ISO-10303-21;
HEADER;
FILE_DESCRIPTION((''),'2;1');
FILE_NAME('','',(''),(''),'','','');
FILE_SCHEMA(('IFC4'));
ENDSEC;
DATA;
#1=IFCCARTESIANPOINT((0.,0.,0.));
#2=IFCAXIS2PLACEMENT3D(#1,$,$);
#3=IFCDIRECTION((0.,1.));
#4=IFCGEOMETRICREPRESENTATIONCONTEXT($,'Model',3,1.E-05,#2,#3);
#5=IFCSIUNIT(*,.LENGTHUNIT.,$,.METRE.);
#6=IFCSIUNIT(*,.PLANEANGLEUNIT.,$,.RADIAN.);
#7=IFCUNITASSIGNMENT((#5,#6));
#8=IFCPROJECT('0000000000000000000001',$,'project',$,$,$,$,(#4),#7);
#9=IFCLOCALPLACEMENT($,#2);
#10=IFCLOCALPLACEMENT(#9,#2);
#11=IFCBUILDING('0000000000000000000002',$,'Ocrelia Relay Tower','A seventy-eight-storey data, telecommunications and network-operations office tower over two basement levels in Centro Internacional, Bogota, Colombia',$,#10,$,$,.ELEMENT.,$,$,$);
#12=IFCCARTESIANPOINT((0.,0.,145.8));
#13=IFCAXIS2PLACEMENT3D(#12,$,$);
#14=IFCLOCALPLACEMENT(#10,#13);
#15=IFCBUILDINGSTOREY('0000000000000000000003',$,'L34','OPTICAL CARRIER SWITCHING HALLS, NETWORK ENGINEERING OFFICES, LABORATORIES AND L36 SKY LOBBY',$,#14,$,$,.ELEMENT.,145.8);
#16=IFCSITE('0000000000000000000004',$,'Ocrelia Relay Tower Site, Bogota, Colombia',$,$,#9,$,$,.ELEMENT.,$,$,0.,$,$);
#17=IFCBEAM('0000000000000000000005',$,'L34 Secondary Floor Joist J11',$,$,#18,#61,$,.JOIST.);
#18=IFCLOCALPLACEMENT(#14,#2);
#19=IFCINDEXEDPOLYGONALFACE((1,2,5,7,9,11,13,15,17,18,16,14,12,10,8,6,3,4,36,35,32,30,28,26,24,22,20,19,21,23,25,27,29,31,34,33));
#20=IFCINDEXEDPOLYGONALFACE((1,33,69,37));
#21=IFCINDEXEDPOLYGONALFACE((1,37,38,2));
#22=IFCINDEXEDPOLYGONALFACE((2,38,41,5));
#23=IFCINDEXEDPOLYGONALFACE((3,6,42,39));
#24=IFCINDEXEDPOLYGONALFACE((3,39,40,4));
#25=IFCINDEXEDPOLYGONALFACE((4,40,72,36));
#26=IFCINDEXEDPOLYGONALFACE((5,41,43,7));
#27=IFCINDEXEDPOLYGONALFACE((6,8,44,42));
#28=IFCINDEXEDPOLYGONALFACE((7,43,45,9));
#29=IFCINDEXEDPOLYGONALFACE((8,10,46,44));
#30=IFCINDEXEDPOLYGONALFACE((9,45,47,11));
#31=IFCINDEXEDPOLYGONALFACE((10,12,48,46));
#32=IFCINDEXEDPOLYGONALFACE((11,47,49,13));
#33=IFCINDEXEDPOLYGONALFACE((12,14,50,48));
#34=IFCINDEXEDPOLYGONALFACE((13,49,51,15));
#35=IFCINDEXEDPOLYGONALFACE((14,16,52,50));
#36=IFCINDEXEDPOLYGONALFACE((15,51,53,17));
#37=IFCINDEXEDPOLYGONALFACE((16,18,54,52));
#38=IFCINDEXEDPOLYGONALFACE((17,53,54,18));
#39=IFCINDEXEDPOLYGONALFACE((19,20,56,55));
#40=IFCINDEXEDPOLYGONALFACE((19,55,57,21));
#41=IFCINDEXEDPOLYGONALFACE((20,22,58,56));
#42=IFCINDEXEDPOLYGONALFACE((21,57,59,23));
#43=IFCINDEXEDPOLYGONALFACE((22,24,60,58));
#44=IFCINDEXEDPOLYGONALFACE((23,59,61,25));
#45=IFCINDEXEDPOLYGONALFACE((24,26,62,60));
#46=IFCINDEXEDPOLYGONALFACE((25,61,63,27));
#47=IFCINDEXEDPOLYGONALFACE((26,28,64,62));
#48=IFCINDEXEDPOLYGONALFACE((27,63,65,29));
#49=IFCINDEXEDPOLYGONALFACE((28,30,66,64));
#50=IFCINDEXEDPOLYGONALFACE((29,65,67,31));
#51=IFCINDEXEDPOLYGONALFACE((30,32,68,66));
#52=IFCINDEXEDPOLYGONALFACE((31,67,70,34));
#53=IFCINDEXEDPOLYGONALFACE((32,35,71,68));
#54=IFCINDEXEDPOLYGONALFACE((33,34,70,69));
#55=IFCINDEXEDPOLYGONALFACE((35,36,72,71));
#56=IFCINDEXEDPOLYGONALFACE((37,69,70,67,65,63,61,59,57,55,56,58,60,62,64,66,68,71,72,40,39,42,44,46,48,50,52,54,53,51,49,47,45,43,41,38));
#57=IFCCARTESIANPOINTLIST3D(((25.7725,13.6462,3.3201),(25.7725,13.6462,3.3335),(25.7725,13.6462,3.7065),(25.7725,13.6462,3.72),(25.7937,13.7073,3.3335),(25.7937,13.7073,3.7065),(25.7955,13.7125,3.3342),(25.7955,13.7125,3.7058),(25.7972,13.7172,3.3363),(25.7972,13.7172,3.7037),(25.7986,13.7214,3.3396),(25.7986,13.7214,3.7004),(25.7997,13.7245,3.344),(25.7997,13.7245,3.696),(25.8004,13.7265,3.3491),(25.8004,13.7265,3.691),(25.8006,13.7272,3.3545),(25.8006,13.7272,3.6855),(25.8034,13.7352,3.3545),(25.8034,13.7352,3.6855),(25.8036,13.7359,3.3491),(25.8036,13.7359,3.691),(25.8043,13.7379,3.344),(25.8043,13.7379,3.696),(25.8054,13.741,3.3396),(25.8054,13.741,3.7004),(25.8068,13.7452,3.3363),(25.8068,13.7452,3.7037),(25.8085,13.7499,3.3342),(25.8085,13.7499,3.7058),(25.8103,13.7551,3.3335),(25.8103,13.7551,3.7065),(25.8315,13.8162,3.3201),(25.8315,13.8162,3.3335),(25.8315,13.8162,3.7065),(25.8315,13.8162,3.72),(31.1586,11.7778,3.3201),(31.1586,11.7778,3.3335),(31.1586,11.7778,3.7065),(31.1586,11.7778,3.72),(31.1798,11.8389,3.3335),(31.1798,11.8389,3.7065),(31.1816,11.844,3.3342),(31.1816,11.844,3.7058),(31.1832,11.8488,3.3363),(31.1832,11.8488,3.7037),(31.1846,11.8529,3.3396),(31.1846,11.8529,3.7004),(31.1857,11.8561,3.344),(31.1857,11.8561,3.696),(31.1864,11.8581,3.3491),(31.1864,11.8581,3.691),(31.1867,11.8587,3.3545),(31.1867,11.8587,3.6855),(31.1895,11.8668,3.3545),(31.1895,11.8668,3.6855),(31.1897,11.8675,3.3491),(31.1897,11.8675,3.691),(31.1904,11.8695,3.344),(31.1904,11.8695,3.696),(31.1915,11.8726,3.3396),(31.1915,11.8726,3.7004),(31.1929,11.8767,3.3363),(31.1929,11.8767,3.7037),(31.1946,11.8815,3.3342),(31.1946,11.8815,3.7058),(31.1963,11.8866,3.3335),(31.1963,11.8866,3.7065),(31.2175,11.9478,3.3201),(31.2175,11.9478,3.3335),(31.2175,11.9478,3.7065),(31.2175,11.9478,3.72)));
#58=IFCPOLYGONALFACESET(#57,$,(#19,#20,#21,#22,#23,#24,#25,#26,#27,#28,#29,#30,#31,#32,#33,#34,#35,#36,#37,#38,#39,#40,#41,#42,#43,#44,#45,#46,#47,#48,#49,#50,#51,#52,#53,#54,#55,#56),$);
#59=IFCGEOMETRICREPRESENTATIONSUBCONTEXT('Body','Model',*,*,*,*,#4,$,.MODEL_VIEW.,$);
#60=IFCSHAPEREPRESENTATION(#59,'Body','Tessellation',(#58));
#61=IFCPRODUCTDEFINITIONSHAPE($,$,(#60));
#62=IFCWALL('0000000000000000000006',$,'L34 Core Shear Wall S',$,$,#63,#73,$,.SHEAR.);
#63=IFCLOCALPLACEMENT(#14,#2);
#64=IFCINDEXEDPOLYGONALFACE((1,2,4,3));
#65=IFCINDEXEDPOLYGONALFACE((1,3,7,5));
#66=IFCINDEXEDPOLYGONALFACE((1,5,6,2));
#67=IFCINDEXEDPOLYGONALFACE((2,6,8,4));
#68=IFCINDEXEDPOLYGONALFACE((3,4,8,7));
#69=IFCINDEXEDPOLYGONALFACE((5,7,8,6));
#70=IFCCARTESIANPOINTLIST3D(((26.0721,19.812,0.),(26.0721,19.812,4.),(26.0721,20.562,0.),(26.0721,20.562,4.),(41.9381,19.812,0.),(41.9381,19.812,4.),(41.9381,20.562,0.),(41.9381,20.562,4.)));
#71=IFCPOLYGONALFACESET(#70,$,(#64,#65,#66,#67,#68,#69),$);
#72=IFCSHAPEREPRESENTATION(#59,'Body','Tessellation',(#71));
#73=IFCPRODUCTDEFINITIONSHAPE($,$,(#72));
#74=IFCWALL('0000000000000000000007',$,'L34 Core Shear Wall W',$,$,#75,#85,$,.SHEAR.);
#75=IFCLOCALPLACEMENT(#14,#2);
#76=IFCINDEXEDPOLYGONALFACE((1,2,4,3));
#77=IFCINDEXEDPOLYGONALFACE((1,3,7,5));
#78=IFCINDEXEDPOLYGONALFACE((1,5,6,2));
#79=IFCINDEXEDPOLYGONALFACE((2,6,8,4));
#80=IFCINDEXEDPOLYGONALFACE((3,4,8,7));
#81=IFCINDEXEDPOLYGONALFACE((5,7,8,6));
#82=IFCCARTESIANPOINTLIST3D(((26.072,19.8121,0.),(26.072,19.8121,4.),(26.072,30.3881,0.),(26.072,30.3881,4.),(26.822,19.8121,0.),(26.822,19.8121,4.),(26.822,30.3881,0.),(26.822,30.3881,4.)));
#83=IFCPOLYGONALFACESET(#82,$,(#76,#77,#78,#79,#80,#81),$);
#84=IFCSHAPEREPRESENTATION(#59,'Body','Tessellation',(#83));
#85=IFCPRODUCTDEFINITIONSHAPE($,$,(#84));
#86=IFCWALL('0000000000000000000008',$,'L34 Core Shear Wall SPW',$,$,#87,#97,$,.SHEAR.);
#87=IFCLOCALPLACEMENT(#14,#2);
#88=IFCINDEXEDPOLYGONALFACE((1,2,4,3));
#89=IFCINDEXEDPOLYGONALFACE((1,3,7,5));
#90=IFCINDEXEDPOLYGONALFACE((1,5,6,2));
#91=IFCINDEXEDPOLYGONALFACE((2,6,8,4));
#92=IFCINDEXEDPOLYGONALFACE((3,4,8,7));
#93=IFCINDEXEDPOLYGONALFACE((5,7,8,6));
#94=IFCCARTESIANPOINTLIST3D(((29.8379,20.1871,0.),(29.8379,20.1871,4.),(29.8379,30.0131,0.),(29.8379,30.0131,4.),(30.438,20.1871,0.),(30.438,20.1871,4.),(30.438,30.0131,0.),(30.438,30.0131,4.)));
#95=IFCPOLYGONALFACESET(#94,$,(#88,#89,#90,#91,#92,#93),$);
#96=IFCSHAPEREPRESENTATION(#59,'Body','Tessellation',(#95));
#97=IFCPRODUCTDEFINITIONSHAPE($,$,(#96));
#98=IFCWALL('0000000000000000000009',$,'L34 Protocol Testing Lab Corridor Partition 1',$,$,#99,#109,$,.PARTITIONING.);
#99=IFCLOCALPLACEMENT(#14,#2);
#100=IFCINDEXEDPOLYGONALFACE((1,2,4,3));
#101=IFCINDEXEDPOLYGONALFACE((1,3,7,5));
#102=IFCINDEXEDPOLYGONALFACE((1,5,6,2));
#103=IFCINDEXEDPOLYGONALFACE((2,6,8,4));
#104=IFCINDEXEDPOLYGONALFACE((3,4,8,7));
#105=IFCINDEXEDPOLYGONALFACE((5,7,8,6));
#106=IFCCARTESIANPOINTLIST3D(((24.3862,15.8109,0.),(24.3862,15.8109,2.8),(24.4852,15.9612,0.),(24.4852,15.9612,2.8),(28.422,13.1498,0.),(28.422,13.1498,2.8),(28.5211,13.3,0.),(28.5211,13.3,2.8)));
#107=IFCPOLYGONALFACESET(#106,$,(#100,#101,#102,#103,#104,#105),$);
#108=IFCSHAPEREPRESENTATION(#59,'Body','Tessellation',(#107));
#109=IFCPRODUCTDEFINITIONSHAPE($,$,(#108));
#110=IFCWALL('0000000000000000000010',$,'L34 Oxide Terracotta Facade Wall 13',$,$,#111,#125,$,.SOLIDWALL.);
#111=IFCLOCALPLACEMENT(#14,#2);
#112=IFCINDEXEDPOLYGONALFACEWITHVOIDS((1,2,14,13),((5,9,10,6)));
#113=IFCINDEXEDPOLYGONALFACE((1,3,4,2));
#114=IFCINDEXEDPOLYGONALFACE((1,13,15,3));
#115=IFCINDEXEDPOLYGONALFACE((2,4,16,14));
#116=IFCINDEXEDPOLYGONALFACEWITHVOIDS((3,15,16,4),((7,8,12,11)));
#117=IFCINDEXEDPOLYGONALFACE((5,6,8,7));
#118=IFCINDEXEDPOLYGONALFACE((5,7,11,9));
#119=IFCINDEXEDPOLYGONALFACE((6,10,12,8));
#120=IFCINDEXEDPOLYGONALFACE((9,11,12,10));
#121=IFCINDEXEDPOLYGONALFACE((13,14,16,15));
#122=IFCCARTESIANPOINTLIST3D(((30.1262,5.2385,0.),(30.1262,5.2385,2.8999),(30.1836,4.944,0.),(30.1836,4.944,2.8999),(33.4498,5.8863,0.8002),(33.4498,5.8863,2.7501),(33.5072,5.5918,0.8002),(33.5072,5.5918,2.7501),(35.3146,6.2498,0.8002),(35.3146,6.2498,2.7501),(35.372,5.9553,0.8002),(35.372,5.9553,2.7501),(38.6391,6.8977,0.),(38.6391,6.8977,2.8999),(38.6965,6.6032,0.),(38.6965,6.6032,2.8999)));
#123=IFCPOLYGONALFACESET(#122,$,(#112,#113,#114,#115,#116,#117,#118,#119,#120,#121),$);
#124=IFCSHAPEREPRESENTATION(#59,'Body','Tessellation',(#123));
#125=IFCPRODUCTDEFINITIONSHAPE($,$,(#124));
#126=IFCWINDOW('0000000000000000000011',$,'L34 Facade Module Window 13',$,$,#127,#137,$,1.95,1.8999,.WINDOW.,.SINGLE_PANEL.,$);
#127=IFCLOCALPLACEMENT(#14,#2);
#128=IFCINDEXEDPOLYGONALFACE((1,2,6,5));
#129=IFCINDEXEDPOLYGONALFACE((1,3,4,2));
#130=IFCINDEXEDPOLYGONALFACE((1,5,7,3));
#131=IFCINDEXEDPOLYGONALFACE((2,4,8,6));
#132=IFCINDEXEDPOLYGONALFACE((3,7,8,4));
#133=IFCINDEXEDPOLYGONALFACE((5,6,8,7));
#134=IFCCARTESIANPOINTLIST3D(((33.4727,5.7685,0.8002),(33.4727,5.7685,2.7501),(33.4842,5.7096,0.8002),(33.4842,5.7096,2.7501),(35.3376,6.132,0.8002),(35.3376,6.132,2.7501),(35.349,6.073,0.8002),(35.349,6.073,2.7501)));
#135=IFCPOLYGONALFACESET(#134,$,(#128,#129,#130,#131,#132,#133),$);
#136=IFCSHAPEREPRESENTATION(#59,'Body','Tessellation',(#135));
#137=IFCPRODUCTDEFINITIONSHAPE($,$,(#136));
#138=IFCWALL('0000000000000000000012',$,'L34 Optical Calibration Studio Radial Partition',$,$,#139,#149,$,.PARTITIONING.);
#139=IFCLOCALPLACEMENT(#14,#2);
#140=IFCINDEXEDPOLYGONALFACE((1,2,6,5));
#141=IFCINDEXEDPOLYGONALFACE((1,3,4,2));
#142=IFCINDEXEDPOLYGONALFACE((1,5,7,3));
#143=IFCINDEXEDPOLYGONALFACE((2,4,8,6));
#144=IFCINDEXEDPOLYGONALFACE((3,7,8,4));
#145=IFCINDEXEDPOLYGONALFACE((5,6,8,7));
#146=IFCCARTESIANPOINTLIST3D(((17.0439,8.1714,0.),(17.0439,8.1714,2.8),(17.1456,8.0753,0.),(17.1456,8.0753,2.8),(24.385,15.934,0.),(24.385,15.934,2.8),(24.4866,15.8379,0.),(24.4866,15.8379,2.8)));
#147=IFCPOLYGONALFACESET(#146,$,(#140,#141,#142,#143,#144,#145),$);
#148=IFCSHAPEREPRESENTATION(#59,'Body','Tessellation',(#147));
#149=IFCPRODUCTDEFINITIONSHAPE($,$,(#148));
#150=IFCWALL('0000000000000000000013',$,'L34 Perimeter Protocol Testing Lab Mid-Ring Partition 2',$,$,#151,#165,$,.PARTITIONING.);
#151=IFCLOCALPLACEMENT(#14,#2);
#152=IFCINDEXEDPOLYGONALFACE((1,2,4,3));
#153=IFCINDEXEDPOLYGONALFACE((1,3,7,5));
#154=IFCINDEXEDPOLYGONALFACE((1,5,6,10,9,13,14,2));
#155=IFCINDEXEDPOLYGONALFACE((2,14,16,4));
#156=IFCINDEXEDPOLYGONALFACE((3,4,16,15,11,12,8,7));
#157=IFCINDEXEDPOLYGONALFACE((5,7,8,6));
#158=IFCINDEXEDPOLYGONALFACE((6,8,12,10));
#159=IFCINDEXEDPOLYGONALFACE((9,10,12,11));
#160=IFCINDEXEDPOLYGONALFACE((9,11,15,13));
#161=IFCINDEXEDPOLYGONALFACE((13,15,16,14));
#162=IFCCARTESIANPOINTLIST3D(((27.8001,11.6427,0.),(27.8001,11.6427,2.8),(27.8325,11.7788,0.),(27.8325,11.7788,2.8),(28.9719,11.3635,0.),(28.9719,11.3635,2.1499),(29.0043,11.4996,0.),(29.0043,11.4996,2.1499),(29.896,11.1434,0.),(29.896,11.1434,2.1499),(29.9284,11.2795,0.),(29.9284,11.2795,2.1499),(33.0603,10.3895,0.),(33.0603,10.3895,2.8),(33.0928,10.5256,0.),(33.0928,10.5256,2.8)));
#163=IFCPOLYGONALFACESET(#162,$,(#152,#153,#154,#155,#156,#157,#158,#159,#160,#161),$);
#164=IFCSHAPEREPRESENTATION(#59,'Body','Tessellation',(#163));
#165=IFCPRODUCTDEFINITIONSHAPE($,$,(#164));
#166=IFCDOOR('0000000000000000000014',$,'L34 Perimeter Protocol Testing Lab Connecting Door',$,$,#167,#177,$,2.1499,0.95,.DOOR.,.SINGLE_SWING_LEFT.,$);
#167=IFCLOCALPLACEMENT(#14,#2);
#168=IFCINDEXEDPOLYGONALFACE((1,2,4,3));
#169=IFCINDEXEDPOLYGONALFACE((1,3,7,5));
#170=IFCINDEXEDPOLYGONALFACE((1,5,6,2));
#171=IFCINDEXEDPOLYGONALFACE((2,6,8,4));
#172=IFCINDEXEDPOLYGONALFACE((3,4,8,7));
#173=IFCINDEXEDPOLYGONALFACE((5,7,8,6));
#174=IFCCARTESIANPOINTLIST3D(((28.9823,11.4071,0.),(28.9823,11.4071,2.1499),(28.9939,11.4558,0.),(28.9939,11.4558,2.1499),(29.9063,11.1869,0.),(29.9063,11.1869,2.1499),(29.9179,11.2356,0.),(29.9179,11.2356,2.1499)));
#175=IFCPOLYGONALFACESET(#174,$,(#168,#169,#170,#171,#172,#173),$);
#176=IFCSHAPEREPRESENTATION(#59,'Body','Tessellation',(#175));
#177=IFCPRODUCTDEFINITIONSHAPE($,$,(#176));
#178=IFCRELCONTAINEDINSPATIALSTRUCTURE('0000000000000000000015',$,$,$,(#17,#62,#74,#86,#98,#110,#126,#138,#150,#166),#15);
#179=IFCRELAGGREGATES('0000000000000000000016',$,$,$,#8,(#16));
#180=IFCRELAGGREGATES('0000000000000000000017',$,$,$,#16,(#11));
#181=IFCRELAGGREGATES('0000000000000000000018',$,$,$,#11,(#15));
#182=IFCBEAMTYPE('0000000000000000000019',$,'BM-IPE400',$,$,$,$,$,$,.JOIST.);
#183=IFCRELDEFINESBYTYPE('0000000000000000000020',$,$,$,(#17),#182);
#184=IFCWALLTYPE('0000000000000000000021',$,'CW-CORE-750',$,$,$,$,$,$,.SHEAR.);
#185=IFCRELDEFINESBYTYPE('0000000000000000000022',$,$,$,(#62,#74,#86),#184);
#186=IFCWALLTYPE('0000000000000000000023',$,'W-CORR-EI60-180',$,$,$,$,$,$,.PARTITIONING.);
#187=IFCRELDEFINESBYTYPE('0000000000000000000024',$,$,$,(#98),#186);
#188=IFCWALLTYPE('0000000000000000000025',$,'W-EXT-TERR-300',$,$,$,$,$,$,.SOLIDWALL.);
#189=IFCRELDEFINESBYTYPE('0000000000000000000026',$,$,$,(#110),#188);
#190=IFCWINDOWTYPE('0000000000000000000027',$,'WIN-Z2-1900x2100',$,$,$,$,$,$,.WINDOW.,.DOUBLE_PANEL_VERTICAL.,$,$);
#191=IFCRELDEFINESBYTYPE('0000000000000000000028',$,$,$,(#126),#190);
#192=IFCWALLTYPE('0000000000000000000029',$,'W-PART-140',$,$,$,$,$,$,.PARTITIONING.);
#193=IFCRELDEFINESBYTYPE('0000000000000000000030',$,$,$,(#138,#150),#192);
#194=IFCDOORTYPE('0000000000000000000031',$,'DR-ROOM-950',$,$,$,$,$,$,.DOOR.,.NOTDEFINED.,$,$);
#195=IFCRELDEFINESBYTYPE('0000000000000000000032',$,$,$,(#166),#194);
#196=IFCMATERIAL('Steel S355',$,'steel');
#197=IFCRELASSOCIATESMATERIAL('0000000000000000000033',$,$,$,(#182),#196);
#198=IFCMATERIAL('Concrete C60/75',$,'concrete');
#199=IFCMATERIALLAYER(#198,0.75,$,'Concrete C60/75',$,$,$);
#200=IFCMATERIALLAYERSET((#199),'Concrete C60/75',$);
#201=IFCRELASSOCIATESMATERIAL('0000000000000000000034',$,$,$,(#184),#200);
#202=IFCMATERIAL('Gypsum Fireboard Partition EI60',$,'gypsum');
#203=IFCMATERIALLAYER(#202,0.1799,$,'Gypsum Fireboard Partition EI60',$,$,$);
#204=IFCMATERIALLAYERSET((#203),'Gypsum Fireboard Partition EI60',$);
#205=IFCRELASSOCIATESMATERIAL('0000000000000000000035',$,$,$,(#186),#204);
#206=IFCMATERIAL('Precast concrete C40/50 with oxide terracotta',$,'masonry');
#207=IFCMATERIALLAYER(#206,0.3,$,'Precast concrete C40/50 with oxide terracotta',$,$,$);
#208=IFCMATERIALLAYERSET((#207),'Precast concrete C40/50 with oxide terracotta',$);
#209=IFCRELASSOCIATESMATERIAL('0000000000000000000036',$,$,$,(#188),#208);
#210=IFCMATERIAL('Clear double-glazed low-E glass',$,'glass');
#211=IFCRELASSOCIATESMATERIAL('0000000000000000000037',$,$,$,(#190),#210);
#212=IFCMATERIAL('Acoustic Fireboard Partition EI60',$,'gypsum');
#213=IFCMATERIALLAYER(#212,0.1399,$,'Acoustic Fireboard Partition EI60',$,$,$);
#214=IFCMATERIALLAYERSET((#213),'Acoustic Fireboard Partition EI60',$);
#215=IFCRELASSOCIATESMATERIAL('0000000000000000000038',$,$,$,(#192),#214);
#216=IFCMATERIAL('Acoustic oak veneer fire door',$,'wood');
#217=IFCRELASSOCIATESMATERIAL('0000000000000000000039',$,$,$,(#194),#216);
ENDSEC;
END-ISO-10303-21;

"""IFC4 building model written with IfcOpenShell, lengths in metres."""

from ifc_helpers import new_model, si_unit, direction, frame, frame_2d, origin, origin_2d, place, context, subcontext, project, spatial, rectangle, i_section, extrude, material, layer, layer_set, material_profile, profile_set, type_object, element, fill, save


model = new_model("IFC4")

# Units and contexts
model_context = context("Model", 3, precision=1e-05, world=origin(), true_north=direction((0.0, 1.0)))
body_context = subcontext(model_context, "Body", "Model", "MODEL_VIEW")
ifc_project = project(units=[si_unit("LENGTHUNIT", "METRE"), si_unit("PLANEANGLEUNIT", "RADIAN")], contexts=[model_context])

# Site, building, storey
site_placement = place(None, origin())
site = spatial("IfcSite", under=ifc_project, at=site_placement, Name="Ocrelia Relay Tower Site, Bogota, Colombia", CompositionType="ELEMENT", RefElevation=0.0)
building_placement = place(site_placement, origin())
building = spatial("IfcBuilding", under=site, at=building_placement, Name="Ocrelia Relay Tower", Description="A seventy-eight-storey data, telecommunications and network-operations office tower over two basement levels in Centro Internacional, Bogota, Colombia", CompositionType="ELEMENT")
storey_placement = place(building_placement, frame((0.0, 0.0, 145.8)))
storey = spatial("IfcBuildingStorey", under=building, at=storey_placement, Name="L34", Description="OPTICAL CARRIER SWITCHING HALLS, NETWORK ENGINEERING OFFICES, LABORATORIES AND L36 SKY LOBBY", CompositionType="ELEMENT", Elevation=145.8)

# Shared definitions
ifc_material_1 = material(Name="Concrete C60/75", Category="concrete")

# Beam
ifc_material_2 = material(Name="Steel S355", Category="steel")
ifc_material_profile_1 = material_profile(ifc_material_2, i_section(OverallWidth=0.1799, OverallDepth=0.3999, WebThickness=0.0085, FlangeThickness=0.0134, FilletRadius=0.021, at=origin_2d()), Name="IPE 400")
ifc_profile_set_1 = profile_set([ifc_material_profile_1], Name="Steel S355")
beam_type_1 = type_object("IfcBeamType", Name="BM-IPE400", PredefinedType="JOIST", material=ifc_profile_set_1)
beam_1_placement = place(storey_placement, frame((25.802, 13.7312, 3.52), z_axis=(0.944767, -0.327741, 0.0), x_axis=(0.327741, 0.944767, 0.0)))
element("IfcBeam", 1, at=beam_1_placement, inside=storey, type_object=beam_type_1, Name="L34 Secondary Floor Joist J11", PredefinedType="JOIST", context=body_context, shape_type="SweptSolid", body=[
    extrude(i_section(OverallWidth=0.1799, OverallDepth=0.3999, WebThickness=0.0085, FlangeThickness=0.0134, FilletRadius=0.021, at=origin_2d()), origin(), (0.0, 0.0, 1.0), 5.7009),
])

# Walls
ifc_layer_1 = layer(ifc_material_1, 0.75, Name="Concrete C60/75")
ifc_layer_set_1 = layer_set([ifc_layer_1], Name="Concrete C60/75")
wall_type_1 = type_object("IfcWallType", Name="CW-CORE-750", PredefinedType="SHEAR", material=ifc_layer_set_1)
wall_1_placement = place(storey_placement, frame((26.072, 20.187, 0.0), z_axis=(0.0, 0.0, 1.0), x_axis=(1.0, 0.0, 0.0)))
element("IfcWall", 2, at=wall_1_placement, inside=storey, type_object=wall_type_1, Name="L34 Core Shear Wall S", PredefinedType="SHEAR", context=body_context, shape_type="SweptSolid", body=[
    extrude(rectangle(XDim=15.866, YDim=0.75, at=frame_2d((7.9331, 0.0))), origin(), (0.0, 0.0, 1.0), 4.0),
])
wall_2_placement = place(storey_placement, frame((26.447, 19.812, 0.0), z_axis=(0.0, 0.0, 1.0), x_axis=(0.0, 1.0, 0.0)))
element("IfcWall", 3, at=wall_2_placement, inside=storey, type_object=wall_type_1, Name="L34 Core Shear Wall W", PredefinedType="SHEAR", context=body_context, shape_type="SweptSolid", body=[
    extrude(rectangle(XDim=10.5759, YDim=0.75, at=frame_2d((5.2881, 0.0))), origin(), (0.0, 0.0, 1.0), 4.0),
])
wall_3_placement = place(storey_placement, frame((30.1379, 20.187, 0.0), z_axis=(0.0, 0.0, 1.0), x_axis=(0.0, 1.0, 0.0)))
element("IfcWall", 4, at=wall_3_placement, inside=storey, type_object=wall_type_1, Name="L34 Core Shear Wall SPW", PredefinedType="SHEAR", context=body_context, shape_type="SweptSolid", body=[
    extrude(rectangle(XDim=9.8259, YDim=0.6001, at=frame_2d((4.9131, 0.0))), origin(), (0.0, 0.0, 1.0), 4.0),
])
ifc_material_3 = material(Name="Gypsum Fireboard Partition EI60", Category="gypsum")
ifc_layer_2 = layer(ifc_material_3, 0.1799, Name="Gypsum Fireboard Partition EI60")
ifc_layer_set_2 = layer_set([ifc_layer_2], Name="Gypsum Fireboard Partition EI60")
wall_type_2 = type_object("IfcWallType", Name="W-CORR-EI60-180", PredefinedType="PARTITIONING", material=ifc_layer_set_2)
wall_4_placement = place(storey_placement, frame((24.4358, 15.886, 0.0), z_axis=(0.0, 0.0, 1.0), x_axis=(0.834852, -0.550474, 0.0)))
element("IfcWall", 5, at=wall_4_placement, inside=storey, type_object=wall_type_2, Name="L34 Protocol Testing Lab Corridor Partition 1", PredefinedType="PARTITIONING", context=body_context, shape_type="SweptSolid", body=[
    extrude(rectangle(XDim=4.8342, YDim=0.1799, at=frame_2d((2.417, 0.0))), origin(), (0.0, 0.0, 1.0), 2.8),
])

# Shared definitions
ifc_material_4 = material(Name="Acoustic oak veneer fire door", Category="wood")

# Wall, opening, window
ifc_material_5 = material(Name="Precast concrete C40/50 with oxide terracotta", Category="masonry")
ifc_layer_3 = layer(ifc_material_5, 0.3, Name="Precast concrete C40/50 with oxide terracotta")
ifc_layer_set_3 = layer_set([ifc_layer_3], Name="Precast concrete C40/50 with oxide terracotta")
wall_type_3 = type_object("IfcWallType", Name="W-EXT-TERR-300", PredefinedType="SOLIDWALL", material=ifc_layer_set_3)
wall_5_placement = place(storey_placement, frame((30.155, 5.0913, 0.0), z_axis=(0.0, 0.0, 1.0), x_axis=(0.981531, 0.191301, 0.0)))
wall_5 = element("IfcWall", 6, at=wall_5_placement, inside=storey, type_object=wall_type_3, Name="L34 Oxide Terracotta Facade Wall 13", PredefinedType="SOLIDWALL", context=body_context, shape_type="SweptSolid", body=[
    extrude(rectangle(XDim=8.6731, YDim=0.3, at=frame_2d((4.3364, 0.0))), origin(), (0.0, 0.0, 1.0), 2.8999),
])
opening_1_placement = place(wall_5_placement, frame((3.386, 0.0, 0.8)))
opening_1 = element("IfcOpeningElement", 7, at=opening_1_placement, cuts=wall_5, PredefinedType="OPENING", context=body_context, shape_type="SweptSolid", body=[
    extrude(rectangle(XDim=1.8999, YDim=1.95, at=frame_2d((0.95, 0.9751))), frame((0.0, 0.1602, 0.0), z_axis=(0.0, -1.0, 0.0), x_axis=(1.0, 0.0, 0.0)), (0.0, 0.0, 1.0), 0.3201),
])
ifc_material_6 = material(Name="Clear double-glazed low-E glass", Category="glass")
window_type = type_object("IfcWindowType", Name="WIN-Z2-1900x2100", PartitioningType="DOUBLE_PANEL_VERTICAL", PredefinedType="WINDOW", material=ifc_material_6)
window_placement = place(opening_1_placement, origin())
window = element("IfcWindow", 8, at=window_placement, inside=storey, type_object=window_type, Name="L34 Facade Module Window 13", OverallHeight=1.95, OverallWidth=1.8999, PartitioningType="SINGLE_PANEL", PredefinedType="WINDOW", context=body_context, shape_type="SweptSolid", body=[
    extrude(rectangle(XDim=1.8999, YDim=1.95, at=frame_2d((0.95, 0.9751))), frame((0.0, 0.03, 0.0), z_axis=(0.0, -1.0, 0.0), x_axis=(1.0, 0.0, 0.0)), (0.0, 0.0, 1.0), 0.0601),
])
fill(opening_1, window)

# Wall
ifc_material_7 = material(Name="Acoustic Fireboard Partition EI60", Category="gypsum")
ifc_layer_4 = layer(ifc_material_7, 0.1399, Name="Acoustic Fireboard Partition EI60")
ifc_layer_set_4 = layer_set([ifc_layer_4], Name="Acoustic Fireboard Partition EI60")
wall_type_4 = type_object("IfcWallType", Name="W-PART-140", PredefinedType="PARTITIONING", material=ifc_layer_set_4)
wall_6_placement = place(storey_placement, frame((24.4358, 15.886, 0.0), z_axis=(0.0, 0.0, 1.0), x_axis=(-0.6871, -0.726563, 0.0)))
element("IfcWall", 9, at=wall_6_placement, inside=storey, type_object=wall_type_4, Name="L34 Optical Calibration Studio Radial Partition", PredefinedType="PARTITIONING", context=body_context, shape_type="SweptSolid", body=[
    extrude(rectangle(XDim=10.6841, YDim=0.1399, at=frame_2d((5.342, 0.0))), origin(), (0.0, 0.0, 1.0), 2.8),
])

# Wall, opening, door
wall_7_placement = place(storey_placement, frame((27.8164, 11.7107, 0.0), z_axis=(0.0, 0.0, 1.0), x_axis=(0.972776, -0.231749, 0.0)))
wall_7 = element("IfcWall", 10, at=wall_7_placement, inside=storey, type_object=wall_type_4, Name="L34 Perimeter Protocol Testing Lab Mid-Ring Partition 2", PredefinedType="PARTITIONING", context=body_context, shape_type="SweptSolid", body=[
    extrude(rectangle(XDim=5.4075, YDim=0.1399, at=frame_2d((2.7036, 0.0))), origin(), (0.0, 0.0, 1.0), 2.8),
])
opening_2_placement = place(wall_7_placement, frame((1.2043, 0.0, 0.0)))
opening_2 = element("IfcOpeningElement", 11, at=opening_2_placement, cuts=wall_7, PredefinedType="OPENING", context=body_context, shape_type="SweptSolid", body=[
    extrude(rectangle(XDim=0.95, YDim=2.1499, at=frame_2d((0.4751, 1.075))), frame((0.0, 0.0801, 0.0), z_axis=(0.0, -1.0, 0.0), x_axis=(1.0, 0.0, 0.0)), (0.0, 0.0, 1.0), 0.1599),
])
door_type_1 = type_object("IfcDoorType", Name="DR-ROOM-950", OperationType="NOTDEFINED", PredefinedType="DOOR", material=ifc_material_4)
door_1_placement = place(opening_2_placement, origin())
door_1 = element("IfcDoor", 12, at=door_1_placement, inside=storey, type_object=door_type_1, Name="L34 Perimeter Protocol Testing Lab Connecting Door", OperationType="SINGLE_SWING_LEFT", OverallHeight=2.1499, OverallWidth=0.95, PredefinedType="DOOR", context=body_context, shape_type="SweptSolid", body=[
    extrude(rectangle(XDim=0.95, YDim=2.1499, at=frame_2d((0.4751, 1.075))), frame((0.0, 0.0249, 0.0), z_axis=(0.0, -1.0, 0.0), x_axis=(1.0, 0.0, 0.0)), (0.0, 0.0, 1.0), 0.05),
])
fill(opening_2, door_1)

save(model, "model.ifc")
